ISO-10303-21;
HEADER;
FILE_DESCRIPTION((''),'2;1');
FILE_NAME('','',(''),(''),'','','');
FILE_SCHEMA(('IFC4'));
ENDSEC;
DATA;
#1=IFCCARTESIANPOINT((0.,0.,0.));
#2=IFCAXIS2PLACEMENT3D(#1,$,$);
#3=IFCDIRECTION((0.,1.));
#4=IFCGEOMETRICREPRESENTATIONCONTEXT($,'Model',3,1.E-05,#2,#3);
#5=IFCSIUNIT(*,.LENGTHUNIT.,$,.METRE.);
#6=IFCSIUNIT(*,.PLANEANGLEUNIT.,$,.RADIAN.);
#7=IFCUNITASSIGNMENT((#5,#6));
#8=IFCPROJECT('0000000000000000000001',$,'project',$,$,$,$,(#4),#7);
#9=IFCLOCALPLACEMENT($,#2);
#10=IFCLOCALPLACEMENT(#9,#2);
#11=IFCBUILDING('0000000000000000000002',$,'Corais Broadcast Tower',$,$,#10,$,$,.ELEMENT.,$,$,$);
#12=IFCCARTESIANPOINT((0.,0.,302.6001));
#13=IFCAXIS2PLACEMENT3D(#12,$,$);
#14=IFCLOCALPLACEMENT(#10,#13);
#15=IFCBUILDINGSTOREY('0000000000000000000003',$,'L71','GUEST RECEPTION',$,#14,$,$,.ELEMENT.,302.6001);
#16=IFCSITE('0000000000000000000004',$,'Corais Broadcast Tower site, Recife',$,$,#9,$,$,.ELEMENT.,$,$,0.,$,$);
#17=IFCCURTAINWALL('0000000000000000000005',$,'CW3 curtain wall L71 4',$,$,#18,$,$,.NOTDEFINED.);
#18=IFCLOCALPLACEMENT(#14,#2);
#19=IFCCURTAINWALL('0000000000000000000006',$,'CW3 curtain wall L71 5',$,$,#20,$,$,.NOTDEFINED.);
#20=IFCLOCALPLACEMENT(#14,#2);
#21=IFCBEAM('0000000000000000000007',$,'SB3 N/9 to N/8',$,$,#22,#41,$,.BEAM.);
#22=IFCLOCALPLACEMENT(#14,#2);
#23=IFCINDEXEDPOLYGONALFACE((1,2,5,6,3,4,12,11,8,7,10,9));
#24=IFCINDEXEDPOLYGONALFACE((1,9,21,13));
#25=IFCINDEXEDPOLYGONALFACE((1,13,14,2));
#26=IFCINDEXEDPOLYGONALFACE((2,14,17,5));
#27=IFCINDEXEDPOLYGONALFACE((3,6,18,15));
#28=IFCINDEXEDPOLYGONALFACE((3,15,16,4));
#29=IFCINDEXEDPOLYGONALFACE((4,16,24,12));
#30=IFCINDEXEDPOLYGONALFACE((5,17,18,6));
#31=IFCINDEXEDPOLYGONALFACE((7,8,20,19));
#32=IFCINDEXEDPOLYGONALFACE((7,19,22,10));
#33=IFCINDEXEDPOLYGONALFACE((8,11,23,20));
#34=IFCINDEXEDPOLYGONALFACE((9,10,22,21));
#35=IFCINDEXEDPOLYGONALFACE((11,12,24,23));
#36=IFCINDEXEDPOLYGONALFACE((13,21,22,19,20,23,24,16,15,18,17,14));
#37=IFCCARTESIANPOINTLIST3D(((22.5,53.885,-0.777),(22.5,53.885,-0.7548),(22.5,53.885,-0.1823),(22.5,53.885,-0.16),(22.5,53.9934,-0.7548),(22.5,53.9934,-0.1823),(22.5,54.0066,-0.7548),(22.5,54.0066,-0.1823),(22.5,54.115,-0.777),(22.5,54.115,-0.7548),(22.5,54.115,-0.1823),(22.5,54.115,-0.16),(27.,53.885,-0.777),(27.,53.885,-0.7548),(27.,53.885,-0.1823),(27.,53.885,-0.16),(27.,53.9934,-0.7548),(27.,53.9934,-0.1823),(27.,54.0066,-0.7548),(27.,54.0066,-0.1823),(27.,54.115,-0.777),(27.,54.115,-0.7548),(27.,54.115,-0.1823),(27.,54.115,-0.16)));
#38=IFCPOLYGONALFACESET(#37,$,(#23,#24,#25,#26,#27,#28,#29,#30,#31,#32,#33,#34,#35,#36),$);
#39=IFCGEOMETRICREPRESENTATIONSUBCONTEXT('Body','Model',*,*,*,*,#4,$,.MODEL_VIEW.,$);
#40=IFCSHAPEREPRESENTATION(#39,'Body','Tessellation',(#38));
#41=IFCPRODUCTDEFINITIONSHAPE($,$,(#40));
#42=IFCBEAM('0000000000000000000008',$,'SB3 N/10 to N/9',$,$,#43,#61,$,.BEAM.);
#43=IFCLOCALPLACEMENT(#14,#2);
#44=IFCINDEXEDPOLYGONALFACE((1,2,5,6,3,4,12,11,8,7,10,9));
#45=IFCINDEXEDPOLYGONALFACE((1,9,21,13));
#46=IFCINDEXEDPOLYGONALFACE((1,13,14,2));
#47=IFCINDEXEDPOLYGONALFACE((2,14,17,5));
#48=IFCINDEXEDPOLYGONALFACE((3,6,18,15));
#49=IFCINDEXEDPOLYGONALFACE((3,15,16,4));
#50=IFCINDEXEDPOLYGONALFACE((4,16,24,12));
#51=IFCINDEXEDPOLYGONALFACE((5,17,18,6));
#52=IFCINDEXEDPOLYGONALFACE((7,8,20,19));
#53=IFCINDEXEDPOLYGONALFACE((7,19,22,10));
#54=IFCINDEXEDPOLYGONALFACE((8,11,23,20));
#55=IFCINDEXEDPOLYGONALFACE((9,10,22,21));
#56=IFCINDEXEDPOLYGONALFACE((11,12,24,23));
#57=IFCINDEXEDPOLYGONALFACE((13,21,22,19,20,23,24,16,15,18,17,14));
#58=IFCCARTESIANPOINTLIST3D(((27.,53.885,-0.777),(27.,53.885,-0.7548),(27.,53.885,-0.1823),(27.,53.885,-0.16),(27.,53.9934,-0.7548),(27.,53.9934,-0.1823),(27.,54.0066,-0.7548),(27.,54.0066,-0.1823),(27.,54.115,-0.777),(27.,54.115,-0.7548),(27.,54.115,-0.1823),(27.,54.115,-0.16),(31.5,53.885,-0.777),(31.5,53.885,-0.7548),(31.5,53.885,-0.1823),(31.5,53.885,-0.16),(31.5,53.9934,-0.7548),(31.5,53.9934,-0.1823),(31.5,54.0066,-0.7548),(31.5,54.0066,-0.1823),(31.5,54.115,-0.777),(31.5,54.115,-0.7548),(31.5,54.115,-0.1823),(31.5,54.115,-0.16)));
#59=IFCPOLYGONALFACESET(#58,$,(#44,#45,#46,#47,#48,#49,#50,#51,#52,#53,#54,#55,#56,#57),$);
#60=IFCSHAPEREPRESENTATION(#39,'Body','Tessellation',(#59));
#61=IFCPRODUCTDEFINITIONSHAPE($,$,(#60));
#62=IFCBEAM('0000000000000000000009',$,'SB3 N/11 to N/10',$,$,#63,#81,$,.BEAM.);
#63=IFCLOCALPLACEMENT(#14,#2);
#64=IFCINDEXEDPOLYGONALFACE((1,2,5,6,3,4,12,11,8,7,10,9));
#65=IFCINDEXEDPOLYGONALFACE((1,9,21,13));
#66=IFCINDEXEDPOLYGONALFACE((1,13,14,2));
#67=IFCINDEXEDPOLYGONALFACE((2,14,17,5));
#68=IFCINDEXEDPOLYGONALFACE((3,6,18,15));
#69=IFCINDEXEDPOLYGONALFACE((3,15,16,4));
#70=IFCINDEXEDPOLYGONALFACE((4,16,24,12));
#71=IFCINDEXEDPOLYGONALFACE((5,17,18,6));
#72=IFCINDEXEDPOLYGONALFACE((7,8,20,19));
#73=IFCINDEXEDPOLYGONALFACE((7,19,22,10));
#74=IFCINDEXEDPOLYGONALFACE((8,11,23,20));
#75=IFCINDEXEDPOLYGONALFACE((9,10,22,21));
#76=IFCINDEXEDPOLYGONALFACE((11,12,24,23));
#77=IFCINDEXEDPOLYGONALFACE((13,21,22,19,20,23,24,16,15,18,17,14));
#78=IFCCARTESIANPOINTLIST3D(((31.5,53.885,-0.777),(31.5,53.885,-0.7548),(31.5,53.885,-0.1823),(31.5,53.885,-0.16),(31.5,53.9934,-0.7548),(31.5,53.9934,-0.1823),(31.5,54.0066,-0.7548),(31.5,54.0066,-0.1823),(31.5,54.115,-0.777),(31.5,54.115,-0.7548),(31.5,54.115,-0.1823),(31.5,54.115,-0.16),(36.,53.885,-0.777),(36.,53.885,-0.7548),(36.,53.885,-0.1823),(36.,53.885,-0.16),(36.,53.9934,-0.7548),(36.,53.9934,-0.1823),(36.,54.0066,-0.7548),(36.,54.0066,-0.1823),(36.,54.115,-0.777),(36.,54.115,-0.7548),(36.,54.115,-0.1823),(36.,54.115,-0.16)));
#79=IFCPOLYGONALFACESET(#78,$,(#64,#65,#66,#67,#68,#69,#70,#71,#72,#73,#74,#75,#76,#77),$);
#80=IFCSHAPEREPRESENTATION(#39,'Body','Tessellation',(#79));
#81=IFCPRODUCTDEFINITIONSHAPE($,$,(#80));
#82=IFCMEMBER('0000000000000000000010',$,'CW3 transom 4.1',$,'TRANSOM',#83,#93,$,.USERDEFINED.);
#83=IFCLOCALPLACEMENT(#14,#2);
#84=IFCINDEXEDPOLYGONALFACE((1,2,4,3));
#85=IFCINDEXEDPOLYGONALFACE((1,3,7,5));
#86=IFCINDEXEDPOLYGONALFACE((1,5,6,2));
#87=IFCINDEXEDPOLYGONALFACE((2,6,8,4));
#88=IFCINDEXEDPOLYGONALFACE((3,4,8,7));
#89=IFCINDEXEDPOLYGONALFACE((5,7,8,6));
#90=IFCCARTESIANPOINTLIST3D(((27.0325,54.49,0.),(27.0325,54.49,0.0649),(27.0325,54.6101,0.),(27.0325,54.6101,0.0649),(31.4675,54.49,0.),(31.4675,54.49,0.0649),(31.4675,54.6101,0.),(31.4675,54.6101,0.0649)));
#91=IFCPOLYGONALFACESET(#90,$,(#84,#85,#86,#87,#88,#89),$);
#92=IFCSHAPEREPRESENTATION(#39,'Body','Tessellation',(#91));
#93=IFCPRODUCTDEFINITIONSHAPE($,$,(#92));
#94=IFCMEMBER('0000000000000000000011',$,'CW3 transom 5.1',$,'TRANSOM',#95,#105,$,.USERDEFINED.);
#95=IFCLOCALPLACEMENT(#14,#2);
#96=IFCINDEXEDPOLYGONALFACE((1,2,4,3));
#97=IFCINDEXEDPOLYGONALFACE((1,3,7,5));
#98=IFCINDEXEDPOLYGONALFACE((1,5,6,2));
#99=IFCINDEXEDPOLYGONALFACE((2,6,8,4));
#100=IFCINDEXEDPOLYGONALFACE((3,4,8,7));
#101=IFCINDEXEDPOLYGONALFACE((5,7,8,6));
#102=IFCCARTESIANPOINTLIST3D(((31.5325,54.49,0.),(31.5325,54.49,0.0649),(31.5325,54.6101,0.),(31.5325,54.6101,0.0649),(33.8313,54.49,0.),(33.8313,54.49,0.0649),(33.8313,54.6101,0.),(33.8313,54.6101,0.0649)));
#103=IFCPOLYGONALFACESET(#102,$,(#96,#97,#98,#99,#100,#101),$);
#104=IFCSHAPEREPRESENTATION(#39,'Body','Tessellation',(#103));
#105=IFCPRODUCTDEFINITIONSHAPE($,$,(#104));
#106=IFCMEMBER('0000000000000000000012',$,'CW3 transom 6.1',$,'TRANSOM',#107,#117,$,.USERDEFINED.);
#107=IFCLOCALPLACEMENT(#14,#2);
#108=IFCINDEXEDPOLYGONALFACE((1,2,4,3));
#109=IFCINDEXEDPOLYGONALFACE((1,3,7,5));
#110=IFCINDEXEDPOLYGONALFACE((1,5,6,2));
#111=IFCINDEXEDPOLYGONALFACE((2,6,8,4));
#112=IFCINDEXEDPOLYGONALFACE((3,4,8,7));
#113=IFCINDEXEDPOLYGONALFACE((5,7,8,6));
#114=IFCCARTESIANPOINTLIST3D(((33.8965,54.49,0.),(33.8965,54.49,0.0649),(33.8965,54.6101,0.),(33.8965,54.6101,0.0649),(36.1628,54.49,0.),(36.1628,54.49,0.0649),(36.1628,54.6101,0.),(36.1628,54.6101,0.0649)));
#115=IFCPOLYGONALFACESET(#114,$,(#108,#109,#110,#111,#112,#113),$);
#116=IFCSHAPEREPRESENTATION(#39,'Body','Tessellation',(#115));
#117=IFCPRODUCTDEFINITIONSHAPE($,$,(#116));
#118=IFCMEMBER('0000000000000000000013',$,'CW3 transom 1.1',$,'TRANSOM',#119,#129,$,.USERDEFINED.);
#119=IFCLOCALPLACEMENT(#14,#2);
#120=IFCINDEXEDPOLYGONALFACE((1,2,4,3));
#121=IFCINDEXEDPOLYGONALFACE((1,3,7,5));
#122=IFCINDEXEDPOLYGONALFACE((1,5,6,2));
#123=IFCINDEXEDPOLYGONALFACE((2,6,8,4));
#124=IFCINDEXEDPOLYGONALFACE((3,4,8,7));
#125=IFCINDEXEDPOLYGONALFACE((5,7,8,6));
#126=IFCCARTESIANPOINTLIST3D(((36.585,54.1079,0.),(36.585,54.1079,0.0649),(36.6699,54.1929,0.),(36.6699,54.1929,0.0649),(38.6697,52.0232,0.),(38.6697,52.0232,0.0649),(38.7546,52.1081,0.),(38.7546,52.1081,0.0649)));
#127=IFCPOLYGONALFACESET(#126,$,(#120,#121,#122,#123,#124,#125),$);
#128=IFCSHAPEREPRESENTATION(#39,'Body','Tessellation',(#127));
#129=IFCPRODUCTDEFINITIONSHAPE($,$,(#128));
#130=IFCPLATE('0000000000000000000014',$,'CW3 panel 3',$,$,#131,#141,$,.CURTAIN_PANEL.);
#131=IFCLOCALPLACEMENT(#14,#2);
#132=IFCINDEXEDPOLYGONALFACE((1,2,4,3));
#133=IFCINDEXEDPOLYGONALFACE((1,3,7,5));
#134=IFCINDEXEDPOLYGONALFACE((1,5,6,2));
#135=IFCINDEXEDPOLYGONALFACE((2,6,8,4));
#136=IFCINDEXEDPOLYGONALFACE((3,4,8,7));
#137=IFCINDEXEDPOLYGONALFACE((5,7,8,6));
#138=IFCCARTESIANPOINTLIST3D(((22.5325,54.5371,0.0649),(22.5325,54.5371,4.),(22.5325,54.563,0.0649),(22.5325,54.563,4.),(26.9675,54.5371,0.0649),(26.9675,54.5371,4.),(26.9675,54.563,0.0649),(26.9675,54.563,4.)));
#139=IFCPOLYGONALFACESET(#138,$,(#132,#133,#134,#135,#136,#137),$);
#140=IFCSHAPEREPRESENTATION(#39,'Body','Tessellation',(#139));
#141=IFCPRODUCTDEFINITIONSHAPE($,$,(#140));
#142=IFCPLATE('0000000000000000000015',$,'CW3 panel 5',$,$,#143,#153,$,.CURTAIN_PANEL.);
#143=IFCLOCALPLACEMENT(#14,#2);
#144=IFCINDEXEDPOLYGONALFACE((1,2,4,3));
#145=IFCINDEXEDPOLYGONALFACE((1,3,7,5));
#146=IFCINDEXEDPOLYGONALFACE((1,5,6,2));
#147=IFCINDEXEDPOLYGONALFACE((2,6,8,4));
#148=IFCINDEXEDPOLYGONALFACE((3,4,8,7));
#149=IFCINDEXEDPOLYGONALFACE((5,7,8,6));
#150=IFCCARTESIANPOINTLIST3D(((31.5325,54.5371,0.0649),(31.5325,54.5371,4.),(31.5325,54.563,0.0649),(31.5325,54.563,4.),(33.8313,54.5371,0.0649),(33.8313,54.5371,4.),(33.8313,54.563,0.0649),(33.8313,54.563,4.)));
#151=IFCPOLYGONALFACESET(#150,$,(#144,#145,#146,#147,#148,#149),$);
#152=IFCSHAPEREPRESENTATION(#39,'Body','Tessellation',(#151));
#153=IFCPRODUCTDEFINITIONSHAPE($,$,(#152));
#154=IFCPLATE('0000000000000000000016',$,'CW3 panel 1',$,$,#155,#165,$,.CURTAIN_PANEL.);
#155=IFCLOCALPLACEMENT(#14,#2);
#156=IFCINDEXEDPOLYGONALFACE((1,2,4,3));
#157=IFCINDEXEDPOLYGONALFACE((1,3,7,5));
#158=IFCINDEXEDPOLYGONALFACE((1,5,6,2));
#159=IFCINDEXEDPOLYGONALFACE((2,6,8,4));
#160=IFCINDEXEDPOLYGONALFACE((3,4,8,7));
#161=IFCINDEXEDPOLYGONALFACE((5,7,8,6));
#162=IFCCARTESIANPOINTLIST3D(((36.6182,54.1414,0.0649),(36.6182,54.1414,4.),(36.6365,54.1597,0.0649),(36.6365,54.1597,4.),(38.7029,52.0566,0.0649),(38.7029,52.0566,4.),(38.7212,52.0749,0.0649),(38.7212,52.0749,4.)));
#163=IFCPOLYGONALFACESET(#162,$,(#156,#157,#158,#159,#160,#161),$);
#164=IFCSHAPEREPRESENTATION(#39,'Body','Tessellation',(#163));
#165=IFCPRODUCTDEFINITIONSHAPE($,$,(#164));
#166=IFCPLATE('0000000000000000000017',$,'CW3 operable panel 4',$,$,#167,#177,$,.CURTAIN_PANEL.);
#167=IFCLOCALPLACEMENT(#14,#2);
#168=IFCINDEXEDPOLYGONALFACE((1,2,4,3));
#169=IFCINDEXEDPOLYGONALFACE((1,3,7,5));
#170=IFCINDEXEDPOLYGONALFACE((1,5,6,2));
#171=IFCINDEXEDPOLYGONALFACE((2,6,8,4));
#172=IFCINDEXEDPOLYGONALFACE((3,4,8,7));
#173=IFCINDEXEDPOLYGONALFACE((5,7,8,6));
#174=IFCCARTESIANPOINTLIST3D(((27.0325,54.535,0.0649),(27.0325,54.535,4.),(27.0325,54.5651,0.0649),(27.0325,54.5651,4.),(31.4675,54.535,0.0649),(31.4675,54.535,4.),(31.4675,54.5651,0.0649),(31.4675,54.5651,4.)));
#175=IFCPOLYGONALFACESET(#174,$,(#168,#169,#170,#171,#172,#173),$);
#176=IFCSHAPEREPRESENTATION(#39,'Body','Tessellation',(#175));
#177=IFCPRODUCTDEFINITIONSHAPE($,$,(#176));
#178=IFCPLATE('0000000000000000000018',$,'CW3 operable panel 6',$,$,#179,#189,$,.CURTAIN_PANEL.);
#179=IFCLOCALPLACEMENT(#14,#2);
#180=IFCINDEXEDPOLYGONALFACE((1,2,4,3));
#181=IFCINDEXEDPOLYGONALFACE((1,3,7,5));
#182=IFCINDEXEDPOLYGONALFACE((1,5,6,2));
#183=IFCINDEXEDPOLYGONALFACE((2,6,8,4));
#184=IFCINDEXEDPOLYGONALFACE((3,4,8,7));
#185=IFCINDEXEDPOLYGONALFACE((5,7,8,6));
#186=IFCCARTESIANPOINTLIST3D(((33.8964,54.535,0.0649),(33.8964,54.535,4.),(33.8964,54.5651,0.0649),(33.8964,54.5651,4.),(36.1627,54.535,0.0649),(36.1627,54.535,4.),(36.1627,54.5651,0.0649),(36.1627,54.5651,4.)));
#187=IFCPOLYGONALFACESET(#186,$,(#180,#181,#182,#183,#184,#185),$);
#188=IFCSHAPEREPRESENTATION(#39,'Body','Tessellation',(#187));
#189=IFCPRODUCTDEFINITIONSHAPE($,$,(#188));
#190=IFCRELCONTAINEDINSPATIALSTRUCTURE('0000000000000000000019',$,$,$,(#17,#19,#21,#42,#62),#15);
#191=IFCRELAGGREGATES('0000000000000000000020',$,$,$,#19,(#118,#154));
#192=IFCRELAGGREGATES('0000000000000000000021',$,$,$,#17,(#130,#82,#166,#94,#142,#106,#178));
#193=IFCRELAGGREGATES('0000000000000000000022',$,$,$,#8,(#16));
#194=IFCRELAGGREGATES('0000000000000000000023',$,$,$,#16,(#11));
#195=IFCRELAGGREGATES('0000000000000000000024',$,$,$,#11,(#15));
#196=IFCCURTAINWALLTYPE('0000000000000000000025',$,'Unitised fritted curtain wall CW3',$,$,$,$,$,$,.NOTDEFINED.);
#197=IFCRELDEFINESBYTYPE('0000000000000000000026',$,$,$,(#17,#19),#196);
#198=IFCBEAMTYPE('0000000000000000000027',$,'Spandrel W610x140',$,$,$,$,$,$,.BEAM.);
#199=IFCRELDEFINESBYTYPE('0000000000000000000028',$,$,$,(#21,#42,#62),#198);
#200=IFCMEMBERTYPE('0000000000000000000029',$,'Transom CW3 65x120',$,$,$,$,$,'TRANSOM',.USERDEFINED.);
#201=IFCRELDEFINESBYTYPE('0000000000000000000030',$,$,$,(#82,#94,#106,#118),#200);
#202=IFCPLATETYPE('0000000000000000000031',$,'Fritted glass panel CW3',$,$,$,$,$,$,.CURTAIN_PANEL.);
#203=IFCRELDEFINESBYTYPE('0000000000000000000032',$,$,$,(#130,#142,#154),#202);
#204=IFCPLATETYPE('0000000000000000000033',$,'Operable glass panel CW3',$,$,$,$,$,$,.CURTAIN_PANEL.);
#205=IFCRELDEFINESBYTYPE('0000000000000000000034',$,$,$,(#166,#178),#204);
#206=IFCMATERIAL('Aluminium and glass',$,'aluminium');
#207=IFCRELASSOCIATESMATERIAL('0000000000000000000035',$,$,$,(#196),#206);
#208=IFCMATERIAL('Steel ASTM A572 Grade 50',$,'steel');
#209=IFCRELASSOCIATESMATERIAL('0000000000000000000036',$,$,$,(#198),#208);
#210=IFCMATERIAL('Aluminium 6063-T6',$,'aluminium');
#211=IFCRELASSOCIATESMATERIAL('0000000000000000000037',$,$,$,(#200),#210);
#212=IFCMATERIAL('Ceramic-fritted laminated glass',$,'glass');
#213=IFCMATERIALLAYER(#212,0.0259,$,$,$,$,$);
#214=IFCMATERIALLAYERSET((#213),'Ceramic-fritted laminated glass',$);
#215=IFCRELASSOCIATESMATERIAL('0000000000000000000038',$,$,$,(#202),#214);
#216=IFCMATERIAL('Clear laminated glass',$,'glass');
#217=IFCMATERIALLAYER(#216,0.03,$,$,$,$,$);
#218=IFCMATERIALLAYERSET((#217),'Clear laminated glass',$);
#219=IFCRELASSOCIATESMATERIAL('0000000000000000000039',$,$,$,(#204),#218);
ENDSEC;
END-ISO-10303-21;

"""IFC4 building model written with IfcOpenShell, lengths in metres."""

from ifc_helpers import new_model, si_unit, direction, frame, origin, origin_2d, place, context, subcontext, project, spatial, rectangle, i_section, extrude, material, layer, layer_set, material_profile, profile_set, type_object, element, aggregate, save


model = new_model("IFC4")

# Units and contexts
model_context = context("Model", 3, precision=1e-05, world=origin(), true_north=direction((0.0, 1.0)))
body_context = subcontext(model_context, "Body", "Model", "MODEL_VIEW")
ifc_project = project(units=[si_unit("LENGTHUNIT", "METRE"), si_unit("PLANEANGLEUNIT", "RADIAN")], contexts=[model_context])

# Site, building, storey
site_placement = place(None, origin())
site = spatial("IfcSite", under=ifc_project, at=site_placement, Name="Corais Broadcast Tower site, Recife", CompositionType="ELEMENT", RefElevation=0.0)
building_placement = place(site_placement, origin())
building = spatial("IfcBuilding", under=site, at=building_placement, Name="Corais Broadcast Tower", CompositionType="ELEMENT")
storey_placement = place(building_placement, frame((0.0, 0.0, 302.6001)))
storey = spatial("IfcBuildingStorey", under=building, at=storey_placement, Name="L71", Description="GUEST RECEPTION", CompositionType="ELEMENT", Elevation=302.6001)

# Curtain walls
ifc_material_1 = material(Name="Aluminium and glass", Category="aluminium")
curtain_wall_type = type_object("IfcCurtainWallType", Name="Unitised fritted curtain wall CW3", PredefinedType="NOTDEFINED", material=ifc_material_1)
curtain_wall_1_placement = place(storey_placement, origin())
curtain_wall_1 = element("IfcCurtainWall", 1, at=curtain_wall_1_placement, inside=storey, type_object=curtain_wall_type, Name="CW3 curtain wall L71 4", PredefinedType="NOTDEFINED")
curtain_wall_2_placement = place(storey_placement, origin())
curtain_wall_2 = element("IfcCurtainWall", 2, at=curtain_wall_2_placement, inside=storey, type_object=curtain_wall_type, Name="CW3 curtain wall L71 5", PredefinedType="NOTDEFINED")

# Beams
ifc_material_2 = material(Name="Steel ASTM A572 Grade 50", Category="steel")
ifc_material_profile_1 = material_profile(ifc_material_2, i_section(OverallWidth=0.23, OverallDepth=0.6169, WebThickness=0.0132, FlangeThickness=0.0222, at=origin_2d()), Name="W610x140")
ifc_profile_set_1 = profile_set([ifc_material_profile_1], Name="Steel ASTM A572 Grade 50")
beam_type_1 = type_object("IfcBeamType", Name="Spandrel W610x140", PredefinedType="BEAM", material=ifc_profile_set_1)
for number, where, z_axis, x_axis, name in (
    (3, (27.0, 54.0, -0.4685), (-1.0, 0.0, 0.0), (0.0, -1.0, 0.0), "SB3 N/9 to N/8"),
    (4, (31.5, 54.0, -0.4685), (-1.0, 0.0, 0.0), (0.0, -1.0, 0.0), "SB3 N/10 to N/9"),
    (5, (36.0, 54.0, -0.4685), (-1.0, 0.0, 0.0), (0.0, -1.0, 0.0), "SB3 N/11 to N/10"),
):
    element("IfcBeam", number, at=place(storey_placement, frame(where, z_axis=z_axis, x_axis=x_axis)), inside=storey, type_object=beam_type_1, Name=name, PredefinedType="BEAM", context=body_context, shape_type="SweptSolid", body=[
        extrude(i_section(OverallWidth=0.23, OverallDepth=0.6169, WebThickness=0.0132, FlangeThickness=0.0222, at=origin_2d()), origin(), (0.0, 0.0, 1.0), 4.5),
    ])

# Members
ifc_material_3 = material(Name="Aluminium 6063-T6", Category="aluminium")
ifc_material_profile_2 = material_profile(ifc_material_3, rectangle(XDim=0.1201, YDim=0.0649, at=origin_2d()), Name="Transom CW3 65x120")
ifc_profile_set_2 = profile_set([ifc_material_profile_2], Name="Aluminium 6063-T6")
member_type_1 = type_object("IfcMemberType", Name="Transom CW3 65x120", ElementType="TRANSOM", PredefinedType="USERDEFINED", material=ifc_profile_set_2)
member_1_placement = place(storey_placement, frame((27.0325, 54.55, 0.0325), z_axis=(1.0, 0.0, 0.0), x_axis=(0.0, 1.0, 0.0)))
member_1 = element("IfcMember", 6, at=member_1_placement, type_object=member_type_1, Name="CW3 transom 4.1", ObjectType="TRANSOM", PredefinedType="USERDEFINED", context=body_context, shape_type="SweptSolid", body=[
    extrude(rectangle(XDim=0.1201, YDim=0.0649, at=origin_2d()), origin(), (0.0, 0.0, 1.0), 4.4351),
])
member_2_placement = place(storey_placement, frame((31.5325, 54.55, 0.0325), z_axis=(1.0, 0.0, 0.0), x_axis=(0.0, 1.0, 0.0)))
member_2 = element("IfcMember", 7, at=member_2_placement, type_object=member_type_1, Name="CW3 transom 5.1", ObjectType="TRANSOM", PredefinedType="USERDEFINED", context=body_context, shape_type="SweptSolid", body=[
    extrude(rectangle(XDim=0.1201, YDim=0.0649, at=origin_2d()), origin(), (0.0, 0.0, 1.0), 2.2988),
])
member_3_placement = place(storey_placement, frame((33.8965, 54.55, 0.0325), z_axis=(1.0, 0.0, 0.0), x_axis=(0.0, 1.0, 0.0)))
member_3 = element("IfcMember", 8, at=member_3_placement, type_object=member_type_1, Name="CW3 transom 6.1", ObjectType="TRANSOM", PredefinedType="USERDEFINED", context=body_context, shape_type="SweptSolid", body=[
    extrude(rectangle(XDim=0.1201, YDim=0.0649, at=origin_2d()), origin(), (0.0, 0.0, 1.0), 2.2664),
])
member_4_placement = place(storey_placement, frame((36.6274, 54.1504, 0.0325), z_axis=(0.707107, -0.707107, 0.0), x_axis=(0.707107, 0.707107, 0.0)))
member_4 = element("IfcMember", 9, at=member_4_placement, type_object=member_type_1, Name="CW3 transom 1.1", ObjectType="TRANSOM", PredefinedType="USERDEFINED", context=body_context, shape_type="SweptSolid", body=[
    extrude(rectangle(XDim=0.1201, YDim=0.0649, at=origin_2d()), origin(), (0.0, 0.0, 1.0), 2.9482),
])

# Plates
ifc_material_4 = material(Name="Ceramic-fritted laminated glass", Category="glass")
ifc_layer_1 = layer(ifc_material_4, 0.0259)
ifc_layer_set_1 = layer_set([ifc_layer_1], Name="Ceramic-fritted laminated glass")
plate_type_1 = type_object("IfcPlateType", Name="Fritted glass panel CW3", PredefinedType="CURTAIN_PANEL", material=ifc_layer_set_1)
plate_1_placement = place(storey_placement, frame((24.75, 54.55, 0.0649), z_axis=(0.0, 0.0, 1.0), x_axis=(1.0, 0.0, 0.0)))
plate_1 = element("IfcPlate", 10, at=plate_1_placement, type_object=plate_type_1, Name="CW3 panel 3", PredefinedType="CURTAIN_PANEL", context=body_context, shape_type="SweptSolid", body=[
    extrude(rectangle(XDim=4.4351, YDim=0.0259, at=origin_2d()), origin(), (0.0, 0.0, 1.0), 3.9351),
])
plate_2_placement = place(storey_placement, frame((32.6819, 54.55, 0.0649), z_axis=(0.0, 0.0, 1.0), x_axis=(1.0, 0.0, 0.0)))
plate_2 = element("IfcPlate", 11, at=plate_2_placement, type_object=plate_type_1, Name="CW3 panel 5", PredefinedType="CURTAIN_PANEL", context=body_context, shape_type="SweptSolid", body=[
    extrude(rectangle(XDim=2.2988, YDim=0.0259, at=origin_2d()), origin(), (0.0, 0.0, 1.0), 3.9351),
])
plate_3_placement = place(storey_placement, frame((37.6697, 53.1082, 0.0649), z_axis=(0.0, 0.0, 1.0), x_axis=(0.707107, -0.707107, 0.0)))
plate_3 = element("IfcPlate", 12, at=plate_3_placement, type_object=plate_type_1, Name="CW3 panel 1", PredefinedType="CURTAIN_PANEL", context=body_context, shape_type="SweptSolid", body=[
    extrude(rectangle(XDim=2.9482, YDim=0.0259, at=origin_2d()), origin(), (0.0, 0.0, 1.0), 3.9351),
])
aggregate(curtain_wall_2, [member_4, plate_3])
ifc_material_5 = material(Name="Clear laminated glass", Category="glass")
ifc_layer_2 = layer(ifc_material_5, 0.03)
ifc_layer_set_2 = layer_set([ifc_layer_2], Name="Clear laminated glass")
plate_type_2 = type_object("IfcPlateType", Name="Operable glass panel CW3", PredefinedType="CURTAIN_PANEL", material=ifc_layer_set_2)
plate_4_placement = place(storey_placement, frame((29.25, 54.55, 0.0649), z_axis=(0.0, 0.0, 1.0), x_axis=(1.0, 0.0, 0.0)))
plate_4 = element("IfcPlate", 13, at=plate_4_placement, type_object=plate_type_2, Name="CW3 operable panel 4", PredefinedType="CURTAIN_PANEL", context=body_context, shape_type="SweptSolid", body=[
    extrude(rectangle(XDim=4.4351, YDim=0.03, at=origin_2d()), origin(), (0.0, 0.0, 1.0), 3.9351),
])
plate_5_placement = place(storey_placement, frame((35.0295, 54.55, 0.0649), z_axis=(0.0, 0.0, 1.0), x_axis=(1.0, 0.0, 0.0)))
plate_5 = element("IfcPlate", 14, at=plate_5_placement, type_object=plate_type_2, Name="CW3 operable panel 6", PredefinedType="CURTAIN_PANEL", context=body_context, shape_type="SweptSolid", body=[
    extrude(rectangle(XDim=2.2664, YDim=0.03, at=origin_2d()), origin(), (0.0, 0.0, 1.0), 3.9351),
])
aggregate(curtain_wall_1, [plate_1, member_1, plate_4, member_2, plate_2, member_3, plate_5])

save(model, "model.ifc")
